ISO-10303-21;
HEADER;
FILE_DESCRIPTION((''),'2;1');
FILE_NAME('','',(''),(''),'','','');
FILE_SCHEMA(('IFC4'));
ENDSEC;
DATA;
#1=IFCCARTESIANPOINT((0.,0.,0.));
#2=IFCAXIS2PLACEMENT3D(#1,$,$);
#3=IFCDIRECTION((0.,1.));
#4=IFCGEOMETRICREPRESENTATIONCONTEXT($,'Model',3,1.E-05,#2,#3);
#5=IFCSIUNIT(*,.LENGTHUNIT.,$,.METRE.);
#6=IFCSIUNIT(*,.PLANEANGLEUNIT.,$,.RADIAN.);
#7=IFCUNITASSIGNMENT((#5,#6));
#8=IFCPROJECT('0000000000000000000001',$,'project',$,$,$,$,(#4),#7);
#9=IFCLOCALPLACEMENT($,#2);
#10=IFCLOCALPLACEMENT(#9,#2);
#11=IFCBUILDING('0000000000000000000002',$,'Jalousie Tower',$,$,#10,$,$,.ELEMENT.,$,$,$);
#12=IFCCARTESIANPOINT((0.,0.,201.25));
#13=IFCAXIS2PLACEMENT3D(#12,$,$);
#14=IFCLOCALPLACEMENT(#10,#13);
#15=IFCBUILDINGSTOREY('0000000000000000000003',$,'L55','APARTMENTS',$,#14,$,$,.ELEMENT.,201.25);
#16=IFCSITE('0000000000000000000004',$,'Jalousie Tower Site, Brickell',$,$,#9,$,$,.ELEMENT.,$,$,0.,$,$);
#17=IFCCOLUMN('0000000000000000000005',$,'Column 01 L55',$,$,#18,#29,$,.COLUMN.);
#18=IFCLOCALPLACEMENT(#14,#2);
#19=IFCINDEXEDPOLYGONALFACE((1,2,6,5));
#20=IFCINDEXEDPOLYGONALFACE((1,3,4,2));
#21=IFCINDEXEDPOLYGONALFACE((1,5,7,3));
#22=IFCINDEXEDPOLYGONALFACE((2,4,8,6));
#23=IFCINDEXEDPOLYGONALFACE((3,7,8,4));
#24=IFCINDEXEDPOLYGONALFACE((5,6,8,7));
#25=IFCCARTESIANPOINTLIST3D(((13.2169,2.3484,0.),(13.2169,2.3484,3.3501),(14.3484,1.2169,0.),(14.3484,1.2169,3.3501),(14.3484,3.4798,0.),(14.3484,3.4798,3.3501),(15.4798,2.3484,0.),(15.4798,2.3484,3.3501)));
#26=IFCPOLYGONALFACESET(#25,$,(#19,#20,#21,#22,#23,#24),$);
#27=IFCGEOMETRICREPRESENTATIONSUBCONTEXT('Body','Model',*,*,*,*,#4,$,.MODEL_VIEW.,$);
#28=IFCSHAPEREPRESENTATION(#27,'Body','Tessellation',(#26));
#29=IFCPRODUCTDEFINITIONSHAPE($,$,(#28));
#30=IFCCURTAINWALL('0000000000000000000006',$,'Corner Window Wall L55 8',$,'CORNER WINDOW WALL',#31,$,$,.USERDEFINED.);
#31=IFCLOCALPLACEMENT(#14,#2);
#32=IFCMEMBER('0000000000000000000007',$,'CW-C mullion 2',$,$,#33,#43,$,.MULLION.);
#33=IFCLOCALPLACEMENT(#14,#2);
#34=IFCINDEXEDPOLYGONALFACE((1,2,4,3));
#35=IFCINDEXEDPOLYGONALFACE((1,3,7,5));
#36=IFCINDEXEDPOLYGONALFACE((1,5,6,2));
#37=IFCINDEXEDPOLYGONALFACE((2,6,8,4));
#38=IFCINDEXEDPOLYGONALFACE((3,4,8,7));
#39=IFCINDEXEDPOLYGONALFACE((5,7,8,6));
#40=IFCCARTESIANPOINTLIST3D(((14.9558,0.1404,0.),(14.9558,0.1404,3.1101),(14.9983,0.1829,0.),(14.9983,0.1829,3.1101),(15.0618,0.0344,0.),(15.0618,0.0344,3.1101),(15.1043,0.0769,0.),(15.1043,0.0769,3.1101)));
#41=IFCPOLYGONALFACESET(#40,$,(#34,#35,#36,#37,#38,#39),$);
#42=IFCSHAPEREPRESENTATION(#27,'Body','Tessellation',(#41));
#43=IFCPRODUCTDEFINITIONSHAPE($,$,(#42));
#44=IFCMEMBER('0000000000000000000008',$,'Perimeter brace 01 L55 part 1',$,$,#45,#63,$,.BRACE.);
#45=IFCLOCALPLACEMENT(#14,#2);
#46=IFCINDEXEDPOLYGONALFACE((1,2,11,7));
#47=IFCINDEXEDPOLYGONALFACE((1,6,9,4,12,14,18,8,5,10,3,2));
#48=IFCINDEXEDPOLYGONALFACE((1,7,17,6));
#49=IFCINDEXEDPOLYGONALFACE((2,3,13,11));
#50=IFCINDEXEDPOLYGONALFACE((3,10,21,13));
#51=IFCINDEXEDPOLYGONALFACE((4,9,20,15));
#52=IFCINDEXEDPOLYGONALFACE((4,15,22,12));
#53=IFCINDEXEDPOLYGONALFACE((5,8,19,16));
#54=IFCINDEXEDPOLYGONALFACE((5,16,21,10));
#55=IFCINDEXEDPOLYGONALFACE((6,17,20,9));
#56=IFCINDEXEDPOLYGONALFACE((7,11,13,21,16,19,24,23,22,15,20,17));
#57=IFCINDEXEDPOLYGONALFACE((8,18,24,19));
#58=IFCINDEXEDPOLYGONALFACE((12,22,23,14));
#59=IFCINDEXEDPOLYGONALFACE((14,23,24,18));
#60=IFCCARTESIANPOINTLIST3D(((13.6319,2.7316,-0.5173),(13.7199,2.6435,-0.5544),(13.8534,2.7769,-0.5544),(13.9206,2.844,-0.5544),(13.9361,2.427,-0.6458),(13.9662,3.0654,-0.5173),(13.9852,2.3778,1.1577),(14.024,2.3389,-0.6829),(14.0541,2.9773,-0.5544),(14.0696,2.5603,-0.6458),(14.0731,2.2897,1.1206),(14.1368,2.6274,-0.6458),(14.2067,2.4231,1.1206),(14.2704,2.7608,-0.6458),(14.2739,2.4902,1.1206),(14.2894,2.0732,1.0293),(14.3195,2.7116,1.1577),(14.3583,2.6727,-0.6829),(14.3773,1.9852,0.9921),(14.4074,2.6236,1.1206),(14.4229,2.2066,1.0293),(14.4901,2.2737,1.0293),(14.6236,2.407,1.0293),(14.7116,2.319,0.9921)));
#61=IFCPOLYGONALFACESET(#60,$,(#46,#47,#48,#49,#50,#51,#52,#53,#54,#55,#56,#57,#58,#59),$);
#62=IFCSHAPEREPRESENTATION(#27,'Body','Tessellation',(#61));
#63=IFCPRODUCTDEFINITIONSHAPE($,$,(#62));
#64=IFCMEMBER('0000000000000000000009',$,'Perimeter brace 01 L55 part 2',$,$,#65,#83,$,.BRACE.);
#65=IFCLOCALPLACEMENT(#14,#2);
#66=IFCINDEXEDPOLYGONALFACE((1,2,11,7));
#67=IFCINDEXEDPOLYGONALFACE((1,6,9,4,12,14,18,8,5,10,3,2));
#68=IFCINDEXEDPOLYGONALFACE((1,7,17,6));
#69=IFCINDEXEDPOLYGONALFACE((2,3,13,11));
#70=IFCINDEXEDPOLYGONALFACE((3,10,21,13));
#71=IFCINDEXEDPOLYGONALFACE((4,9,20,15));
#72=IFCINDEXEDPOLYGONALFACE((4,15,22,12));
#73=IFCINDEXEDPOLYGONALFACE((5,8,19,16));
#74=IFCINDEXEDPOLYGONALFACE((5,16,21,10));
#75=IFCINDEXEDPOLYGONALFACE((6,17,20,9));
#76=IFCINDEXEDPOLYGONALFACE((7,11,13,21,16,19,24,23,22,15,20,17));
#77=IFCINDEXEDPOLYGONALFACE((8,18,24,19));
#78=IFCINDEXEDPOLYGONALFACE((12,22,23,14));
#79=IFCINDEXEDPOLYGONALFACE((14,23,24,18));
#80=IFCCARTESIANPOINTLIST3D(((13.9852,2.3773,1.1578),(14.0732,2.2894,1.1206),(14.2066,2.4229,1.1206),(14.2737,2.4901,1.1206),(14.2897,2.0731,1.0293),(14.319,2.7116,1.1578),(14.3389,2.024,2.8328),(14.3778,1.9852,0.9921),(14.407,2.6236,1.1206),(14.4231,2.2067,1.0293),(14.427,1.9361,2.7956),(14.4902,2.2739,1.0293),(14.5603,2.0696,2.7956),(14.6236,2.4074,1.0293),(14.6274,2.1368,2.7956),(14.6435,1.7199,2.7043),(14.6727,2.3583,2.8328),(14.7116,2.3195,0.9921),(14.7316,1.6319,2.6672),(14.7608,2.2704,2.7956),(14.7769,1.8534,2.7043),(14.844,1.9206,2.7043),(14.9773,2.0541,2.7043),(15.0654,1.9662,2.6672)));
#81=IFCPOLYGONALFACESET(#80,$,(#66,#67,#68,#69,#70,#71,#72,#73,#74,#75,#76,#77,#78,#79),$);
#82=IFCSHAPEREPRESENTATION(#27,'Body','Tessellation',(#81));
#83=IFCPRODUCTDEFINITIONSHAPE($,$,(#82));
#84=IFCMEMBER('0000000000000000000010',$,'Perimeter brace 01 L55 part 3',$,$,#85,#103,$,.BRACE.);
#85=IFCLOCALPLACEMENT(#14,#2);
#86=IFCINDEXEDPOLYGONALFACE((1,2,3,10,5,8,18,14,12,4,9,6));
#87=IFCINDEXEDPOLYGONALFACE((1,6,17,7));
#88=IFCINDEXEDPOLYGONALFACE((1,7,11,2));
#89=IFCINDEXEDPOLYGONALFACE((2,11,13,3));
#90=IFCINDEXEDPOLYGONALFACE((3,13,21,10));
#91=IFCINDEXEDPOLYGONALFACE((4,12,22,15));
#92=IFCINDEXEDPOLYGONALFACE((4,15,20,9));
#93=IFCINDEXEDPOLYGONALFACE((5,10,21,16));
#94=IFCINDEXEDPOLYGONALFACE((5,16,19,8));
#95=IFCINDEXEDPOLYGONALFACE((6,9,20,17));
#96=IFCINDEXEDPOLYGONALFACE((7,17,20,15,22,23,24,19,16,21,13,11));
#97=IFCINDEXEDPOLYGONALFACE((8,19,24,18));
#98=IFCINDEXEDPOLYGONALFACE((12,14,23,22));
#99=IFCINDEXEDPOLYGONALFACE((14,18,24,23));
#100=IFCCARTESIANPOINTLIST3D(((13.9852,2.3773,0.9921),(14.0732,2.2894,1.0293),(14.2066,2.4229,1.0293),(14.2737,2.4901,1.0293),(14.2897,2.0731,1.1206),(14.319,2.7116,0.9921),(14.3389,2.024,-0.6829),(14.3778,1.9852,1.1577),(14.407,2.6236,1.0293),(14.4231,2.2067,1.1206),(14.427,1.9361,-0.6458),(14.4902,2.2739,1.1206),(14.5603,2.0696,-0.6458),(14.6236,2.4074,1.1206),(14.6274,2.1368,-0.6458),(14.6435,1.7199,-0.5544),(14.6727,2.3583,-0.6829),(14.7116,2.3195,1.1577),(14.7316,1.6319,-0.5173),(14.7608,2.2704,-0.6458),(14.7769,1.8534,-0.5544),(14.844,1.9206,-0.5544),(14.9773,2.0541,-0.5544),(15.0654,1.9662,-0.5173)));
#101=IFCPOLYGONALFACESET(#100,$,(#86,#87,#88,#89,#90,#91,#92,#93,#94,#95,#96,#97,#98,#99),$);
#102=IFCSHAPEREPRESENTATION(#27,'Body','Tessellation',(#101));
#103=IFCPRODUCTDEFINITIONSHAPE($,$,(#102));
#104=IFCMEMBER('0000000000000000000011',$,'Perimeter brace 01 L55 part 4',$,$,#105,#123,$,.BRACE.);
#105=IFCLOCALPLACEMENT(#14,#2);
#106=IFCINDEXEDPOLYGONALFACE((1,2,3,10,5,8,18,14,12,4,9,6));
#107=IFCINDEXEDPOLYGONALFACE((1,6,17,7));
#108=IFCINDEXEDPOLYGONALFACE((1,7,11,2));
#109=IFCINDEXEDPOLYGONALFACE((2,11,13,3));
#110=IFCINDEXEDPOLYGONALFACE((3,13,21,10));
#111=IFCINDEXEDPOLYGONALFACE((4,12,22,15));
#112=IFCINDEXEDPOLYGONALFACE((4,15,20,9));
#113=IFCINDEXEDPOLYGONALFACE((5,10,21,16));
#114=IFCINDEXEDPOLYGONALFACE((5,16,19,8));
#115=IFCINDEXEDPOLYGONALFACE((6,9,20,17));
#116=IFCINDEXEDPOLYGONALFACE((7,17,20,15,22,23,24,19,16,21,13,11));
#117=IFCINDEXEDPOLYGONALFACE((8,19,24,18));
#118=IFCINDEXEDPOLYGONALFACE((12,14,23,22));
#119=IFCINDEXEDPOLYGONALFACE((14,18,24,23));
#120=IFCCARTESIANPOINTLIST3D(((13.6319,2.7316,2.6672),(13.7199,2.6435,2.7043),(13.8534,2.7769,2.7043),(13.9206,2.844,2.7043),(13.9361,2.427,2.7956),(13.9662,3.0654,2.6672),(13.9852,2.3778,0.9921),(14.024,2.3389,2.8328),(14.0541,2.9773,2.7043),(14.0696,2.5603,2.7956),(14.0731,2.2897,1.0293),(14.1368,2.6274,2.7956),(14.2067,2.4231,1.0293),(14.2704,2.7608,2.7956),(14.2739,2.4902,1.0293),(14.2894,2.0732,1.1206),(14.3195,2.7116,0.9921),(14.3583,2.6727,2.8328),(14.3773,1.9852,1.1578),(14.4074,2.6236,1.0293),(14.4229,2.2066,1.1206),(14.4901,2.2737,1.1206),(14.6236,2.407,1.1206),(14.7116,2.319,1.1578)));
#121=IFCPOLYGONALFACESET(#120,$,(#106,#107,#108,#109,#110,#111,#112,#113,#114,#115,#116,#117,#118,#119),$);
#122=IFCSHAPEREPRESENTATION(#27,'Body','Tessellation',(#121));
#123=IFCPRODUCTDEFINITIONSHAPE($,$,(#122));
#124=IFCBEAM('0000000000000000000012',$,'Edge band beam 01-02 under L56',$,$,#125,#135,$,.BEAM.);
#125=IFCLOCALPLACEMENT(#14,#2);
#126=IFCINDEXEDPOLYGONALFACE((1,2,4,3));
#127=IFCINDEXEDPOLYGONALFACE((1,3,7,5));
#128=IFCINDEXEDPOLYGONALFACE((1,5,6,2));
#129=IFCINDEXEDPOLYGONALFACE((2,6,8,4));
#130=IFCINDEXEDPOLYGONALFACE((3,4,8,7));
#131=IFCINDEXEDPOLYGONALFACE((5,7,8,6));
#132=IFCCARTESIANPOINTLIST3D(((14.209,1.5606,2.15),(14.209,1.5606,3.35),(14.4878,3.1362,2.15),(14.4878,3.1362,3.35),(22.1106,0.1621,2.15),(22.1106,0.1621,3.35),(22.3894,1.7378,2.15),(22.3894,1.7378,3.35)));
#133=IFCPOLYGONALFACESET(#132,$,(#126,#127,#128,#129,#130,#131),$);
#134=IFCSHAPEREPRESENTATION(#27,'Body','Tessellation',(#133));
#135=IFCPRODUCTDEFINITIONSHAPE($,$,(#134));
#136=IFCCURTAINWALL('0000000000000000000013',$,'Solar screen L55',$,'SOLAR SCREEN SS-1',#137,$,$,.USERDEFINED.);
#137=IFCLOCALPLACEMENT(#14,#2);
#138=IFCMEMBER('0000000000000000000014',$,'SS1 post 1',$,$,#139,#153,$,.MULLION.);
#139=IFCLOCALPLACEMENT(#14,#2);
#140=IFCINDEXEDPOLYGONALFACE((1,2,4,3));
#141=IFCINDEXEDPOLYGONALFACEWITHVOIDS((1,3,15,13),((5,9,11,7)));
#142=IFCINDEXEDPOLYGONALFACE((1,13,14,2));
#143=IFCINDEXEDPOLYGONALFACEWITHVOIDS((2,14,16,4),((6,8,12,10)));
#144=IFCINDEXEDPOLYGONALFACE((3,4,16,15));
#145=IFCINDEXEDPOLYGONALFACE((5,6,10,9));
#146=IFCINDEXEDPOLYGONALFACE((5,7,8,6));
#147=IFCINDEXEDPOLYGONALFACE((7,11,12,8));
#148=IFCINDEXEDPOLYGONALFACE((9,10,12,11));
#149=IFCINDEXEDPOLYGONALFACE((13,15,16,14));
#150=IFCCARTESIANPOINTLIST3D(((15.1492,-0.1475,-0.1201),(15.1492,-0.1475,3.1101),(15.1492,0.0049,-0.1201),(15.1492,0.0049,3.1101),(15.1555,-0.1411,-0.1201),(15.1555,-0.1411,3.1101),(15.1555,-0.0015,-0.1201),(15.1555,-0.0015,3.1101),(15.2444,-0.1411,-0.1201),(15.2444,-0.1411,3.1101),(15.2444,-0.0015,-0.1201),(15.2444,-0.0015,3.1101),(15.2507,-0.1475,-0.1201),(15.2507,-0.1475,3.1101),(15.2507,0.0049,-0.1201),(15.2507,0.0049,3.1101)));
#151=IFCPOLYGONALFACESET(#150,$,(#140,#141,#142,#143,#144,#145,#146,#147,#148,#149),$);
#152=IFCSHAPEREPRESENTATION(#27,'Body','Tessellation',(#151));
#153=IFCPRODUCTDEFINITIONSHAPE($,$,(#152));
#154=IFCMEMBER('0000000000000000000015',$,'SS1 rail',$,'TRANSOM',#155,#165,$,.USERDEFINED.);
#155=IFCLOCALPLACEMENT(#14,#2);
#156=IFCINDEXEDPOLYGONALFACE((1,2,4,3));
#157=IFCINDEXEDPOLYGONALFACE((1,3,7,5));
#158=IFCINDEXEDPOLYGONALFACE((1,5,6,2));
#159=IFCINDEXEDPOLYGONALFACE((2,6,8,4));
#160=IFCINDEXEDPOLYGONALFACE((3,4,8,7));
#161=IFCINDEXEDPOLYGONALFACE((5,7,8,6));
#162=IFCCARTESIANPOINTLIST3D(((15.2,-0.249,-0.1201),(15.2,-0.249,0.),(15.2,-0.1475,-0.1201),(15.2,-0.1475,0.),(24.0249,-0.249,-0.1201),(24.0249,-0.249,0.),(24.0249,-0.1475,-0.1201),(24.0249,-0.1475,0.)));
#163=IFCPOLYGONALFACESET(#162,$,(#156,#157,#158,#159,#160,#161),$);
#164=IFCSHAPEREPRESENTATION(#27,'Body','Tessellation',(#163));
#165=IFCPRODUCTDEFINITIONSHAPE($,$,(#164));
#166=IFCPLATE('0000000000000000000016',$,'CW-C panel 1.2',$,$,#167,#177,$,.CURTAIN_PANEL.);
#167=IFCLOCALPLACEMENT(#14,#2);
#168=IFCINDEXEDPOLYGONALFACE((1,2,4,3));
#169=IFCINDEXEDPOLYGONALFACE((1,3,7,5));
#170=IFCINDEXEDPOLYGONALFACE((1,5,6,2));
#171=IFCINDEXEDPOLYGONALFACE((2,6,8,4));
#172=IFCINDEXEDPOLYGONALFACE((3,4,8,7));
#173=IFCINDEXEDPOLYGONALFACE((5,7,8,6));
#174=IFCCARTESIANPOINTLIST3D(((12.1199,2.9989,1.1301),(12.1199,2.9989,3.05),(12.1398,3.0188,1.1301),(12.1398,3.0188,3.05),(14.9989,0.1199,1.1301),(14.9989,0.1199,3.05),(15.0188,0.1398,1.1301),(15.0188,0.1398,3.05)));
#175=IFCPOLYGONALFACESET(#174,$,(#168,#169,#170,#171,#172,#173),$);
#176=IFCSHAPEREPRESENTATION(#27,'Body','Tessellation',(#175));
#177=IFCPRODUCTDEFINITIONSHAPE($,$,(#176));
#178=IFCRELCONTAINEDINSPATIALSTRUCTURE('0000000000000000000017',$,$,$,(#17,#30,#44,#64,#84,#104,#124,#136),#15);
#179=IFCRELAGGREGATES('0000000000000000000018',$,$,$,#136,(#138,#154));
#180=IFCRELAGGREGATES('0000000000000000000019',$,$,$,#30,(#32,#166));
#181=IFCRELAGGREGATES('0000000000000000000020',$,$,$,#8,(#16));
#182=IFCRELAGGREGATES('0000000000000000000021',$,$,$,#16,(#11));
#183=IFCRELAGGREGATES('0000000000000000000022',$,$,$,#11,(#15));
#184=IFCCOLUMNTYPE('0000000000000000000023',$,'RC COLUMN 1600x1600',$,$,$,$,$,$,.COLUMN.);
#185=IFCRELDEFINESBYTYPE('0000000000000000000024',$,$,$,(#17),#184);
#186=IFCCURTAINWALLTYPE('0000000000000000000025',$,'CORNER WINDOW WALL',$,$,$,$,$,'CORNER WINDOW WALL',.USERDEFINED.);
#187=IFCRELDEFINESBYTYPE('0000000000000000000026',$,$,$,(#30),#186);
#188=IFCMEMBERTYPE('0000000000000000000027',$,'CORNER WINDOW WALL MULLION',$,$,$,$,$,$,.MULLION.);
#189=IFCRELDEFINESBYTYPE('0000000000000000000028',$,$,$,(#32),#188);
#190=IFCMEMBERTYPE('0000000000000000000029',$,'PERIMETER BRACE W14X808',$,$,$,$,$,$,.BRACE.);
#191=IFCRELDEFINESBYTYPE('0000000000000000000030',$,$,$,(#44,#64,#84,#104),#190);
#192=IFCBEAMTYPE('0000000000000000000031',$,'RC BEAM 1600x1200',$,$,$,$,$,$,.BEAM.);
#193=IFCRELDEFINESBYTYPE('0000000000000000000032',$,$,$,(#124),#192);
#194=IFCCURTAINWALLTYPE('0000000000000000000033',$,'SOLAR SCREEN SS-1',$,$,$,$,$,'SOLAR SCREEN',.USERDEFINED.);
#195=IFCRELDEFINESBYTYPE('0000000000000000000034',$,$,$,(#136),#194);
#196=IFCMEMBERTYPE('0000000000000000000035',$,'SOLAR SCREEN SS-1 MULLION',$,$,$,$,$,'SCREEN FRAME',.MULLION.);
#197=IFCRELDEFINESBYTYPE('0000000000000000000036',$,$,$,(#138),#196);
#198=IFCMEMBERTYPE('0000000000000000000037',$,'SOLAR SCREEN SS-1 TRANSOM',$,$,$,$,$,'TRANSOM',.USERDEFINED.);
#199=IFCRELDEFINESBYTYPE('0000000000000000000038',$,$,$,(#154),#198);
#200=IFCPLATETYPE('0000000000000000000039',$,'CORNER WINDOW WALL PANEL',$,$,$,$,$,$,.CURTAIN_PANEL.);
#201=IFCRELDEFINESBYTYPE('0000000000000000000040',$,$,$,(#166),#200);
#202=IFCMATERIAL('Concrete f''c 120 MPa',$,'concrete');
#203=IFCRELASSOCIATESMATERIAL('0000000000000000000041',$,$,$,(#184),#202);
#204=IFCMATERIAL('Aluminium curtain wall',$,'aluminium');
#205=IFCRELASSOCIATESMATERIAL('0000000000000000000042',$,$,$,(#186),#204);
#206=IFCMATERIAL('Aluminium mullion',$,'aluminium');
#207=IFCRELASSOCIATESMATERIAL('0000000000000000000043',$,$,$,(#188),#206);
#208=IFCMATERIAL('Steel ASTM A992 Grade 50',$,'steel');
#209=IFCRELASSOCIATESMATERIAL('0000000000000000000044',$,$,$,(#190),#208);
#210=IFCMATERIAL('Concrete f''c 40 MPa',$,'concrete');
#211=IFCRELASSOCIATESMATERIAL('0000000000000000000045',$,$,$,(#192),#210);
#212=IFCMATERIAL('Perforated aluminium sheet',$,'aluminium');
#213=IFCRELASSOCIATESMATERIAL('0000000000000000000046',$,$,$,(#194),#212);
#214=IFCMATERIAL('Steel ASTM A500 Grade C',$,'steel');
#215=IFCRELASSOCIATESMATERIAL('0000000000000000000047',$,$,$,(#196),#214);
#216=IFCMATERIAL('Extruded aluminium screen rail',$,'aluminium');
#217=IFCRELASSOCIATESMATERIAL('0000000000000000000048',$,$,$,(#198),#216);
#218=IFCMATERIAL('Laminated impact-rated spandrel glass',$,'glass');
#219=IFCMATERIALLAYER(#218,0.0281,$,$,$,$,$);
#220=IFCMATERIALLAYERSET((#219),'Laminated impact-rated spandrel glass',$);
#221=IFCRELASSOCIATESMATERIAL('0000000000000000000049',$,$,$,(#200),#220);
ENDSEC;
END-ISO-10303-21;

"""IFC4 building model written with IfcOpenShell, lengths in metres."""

from ifc_helpers import new_model, si_unit, direction, frame, origin, origin_2d, place, context, subcontext, project, spatial, rectangle, hollow_rectangle, i_section, extrude, material, layer, layer_set, material_profile, profile_set, type_object, element, aggregate, save


model = new_model("IFC4")

# Units and contexts
model_context = context("Model", 3, precision=1e-05, world=origin(), true_north=direction((0.0, 1.0)))
body_context = subcontext(model_context, "Body", "Model", "MODEL_VIEW")
ifc_project = project(units=[si_unit("LENGTHUNIT", "METRE"), si_unit("PLANEANGLEUNIT", "RADIAN")], contexts=[model_context])

# Site, building, storey
site_placement = place(None, origin())
site = spatial("IfcSite", under=ifc_project, at=site_placement, Name="Jalousie Tower Site, Brickell", CompositionType="ELEMENT", RefElevation=0.0)
building_placement = place(site_placement, origin())
building = spatial("IfcBuilding", under=site, at=building_placement, Name="Jalousie Tower", CompositionType="ELEMENT")
storey_placement = place(building_placement, frame((0.0, 0.0, 201.25)))
storey = spatial("IfcBuildingStorey", under=building, at=storey_placement, Name="L55", Description="APARTMENTS", CompositionType="ELEMENT", Elevation=201.25)

# Column
ifc_material_1 = material(Name="Concrete f'c 120 MPa", Category="concrete")
ifc_material_profile_1 = material_profile(ifc_material_1, rectangle(XDim=1.6001, YDim=1.6001, at=origin_2d()), Name="RC 1600x1600")
ifc_profile_set_1 = profile_set([ifc_material_profile_1], Name="Concrete f'c 120 MPa")
column_type = type_object("IfcColumnType", Name="RC COLUMN 1600x1600", PredefinedType="COLUMN", material=ifc_profile_set_1)
column_placement = place(storey_placement, frame((14.3484, 2.3484, 0.0), z_axis=(0.0, 0.0, 1.0), x_axis=(0.707107, 0.707107, 0.0)))
element("IfcColumn", 1, at=column_placement, inside=storey, type_object=column_type, Name="Column 01 L55", PredefinedType="COLUMN", context=body_context, shape_type="SweptSolid", body=[
    extrude(rectangle(XDim=1.6001, YDim=1.6001, at=origin_2d()), origin(), (0.0, 0.0, 1.0), 3.3501),
])

# Curtain wall, member
ifc_material_2 = material(Name="Aluminium curtain wall", Category="aluminium")
curtain_wall_type_1 = type_object("IfcCurtainWallType", Name="CORNER WINDOW WALL", ElementType="CORNER WINDOW WALL", PredefinedType="USERDEFINED", material=ifc_material_2)
curtain_wall_1_placement = place(storey_placement, origin())
curtain_wall_1 = element("IfcCurtainWall", 2, at=curtain_wall_1_placement, inside=storey, type_object=curtain_wall_type_1, Name="Corner Window Wall L55 8", ObjectType="CORNER WINDOW WALL", PredefinedType="USERDEFINED")
ifc_material_3 = material(Name="Aluminium mullion", Category="aluminium")
ifc_material_profile_2 = material_profile(ifc_material_3, rectangle(XDim=0.0601, YDim=0.1499, at=origin_2d()), Name="MULLION 60x150")
ifc_profile_set_2 = profile_set([ifc_material_profile_2], Name="Aluminium mullion")
member_type_1 = type_object("IfcMemberType", Name="CORNER WINDOW WALL MULLION", PredefinedType="MULLION", material=ifc_profile_set_2)
member_1_placement = place(storey_placement, frame((15.03, 0.1086, 0.0), z_axis=(0.0, 0.0, 1.0), x_axis=(0.707107, 0.707107, 0.0)))
member_1 = element("IfcMember", 3, at=member_1_placement, type_object=member_type_1, Name="CW-C mullion 2", PredefinedType="MULLION", context=body_context, shape_type="SweptSolid", body=[
    extrude(rectangle(XDim=0.0601, YDim=0.1499, at=origin_2d()), origin(), (0.0, 0.0, 1.0), 3.1101),
])

# Members
ifc_material_4 = material(Name="Steel ASTM A992 Grade 50", Category="steel")
ifc_material_profile_3 = material_profile(ifc_material_4, i_section(OverallWidth=0.4724, OverallDepth=0.5791, WebThickness=0.095, FlangeThickness=0.1299, at=origin_2d()), Name="W14X808")
ifc_profile_set_3 = profile_set([ifc_material_profile_3], Name="Steel ASTM A992 Grade 50")
member_type_2 = type_object("IfcMemberType", Name="PERIMETER BRACE W14X808", PredefinedType="BRACE", material=ifc_profile_set_3)
for number, where, z_axis, x_axis, name in (
    (4, (13.9951, 2.7021, -0.6001), (0.202093, -0.202372, 0.95823), (0.707595, 0.706618, 0.0), "Perimeter brace 01 L55 part 1"),
    (5, (14.3484, 2.3484, 1.075), (0.202372, -0.202093, 0.95823), (0.706618, 0.707595, 0.0), "Perimeter brace 01 L55 part 2"),
    (6, (14.7021, 1.9951, -0.6001), (-0.202372, 0.202093, 0.95823), (-0.706618, -0.707595, 0.0), "Perimeter brace 01 L55 part 3"),
    (7, (14.3484, 2.3484, 1.075), (-0.202093, 0.202372, 0.95823), (-0.707595, -0.706618, 0.0), "Perimeter brace 01 L55 part 4"),
):
    element("IfcMember", number, at=place(storey_placement, frame(where, z_axis=z_axis, x_axis=x_axis)), inside=storey, type_object=member_type_2, Name=name, PredefinedType="BRACE", context=body_context, shape_type="SweptSolid", body=[
        extrude(i_section(OverallWidth=0.4724, OverallDepth=0.5791, WebThickness=0.095, FlangeThickness=0.1299, at=origin_2d()), origin(), (0.0, 0.0, 1.0), 1.748),
    ])

# Beam
ifc_material_5 = material(Name="Concrete f'c 40 MPa", Category="concrete")
ifc_material_profile_4 = material_profile(ifc_material_5, rectangle(XDim=1.6001, YDim=1.2, at=origin_2d()), Name="RC 1600x1200")
ifc_profile_set_4 = profile_set([ifc_material_profile_4], Name="Concrete f'c 40 MPa")
beam_type = type_object("IfcBeamType", Name="RC BEAM 1600x1200", PredefinedType="BEAM", material=ifc_profile_set_4)
beam_placement = place(storey_placement, frame((14.3484, 2.3484, 2.75), z_axis=(0.984697, -0.174273, 0.0), x_axis=(0.174273, 0.984697, 0.0)))
element("IfcBeam", 8, at=beam_placement, inside=storey, type_object=beam_type, Name="Edge band beam 01-02 under L56", PredefinedType="BEAM", context=body_context, shape_type="SweptSolid", body=[
    extrude(rectangle(XDim=1.6001, YDim=1.2, at=origin_2d()), origin(), (0.0, 0.0, 1.0), 8.0244),
])

# Curtain wall, members
ifc_material_6 = material(Name="Perforated aluminium sheet", Category="aluminium")
curtain_wall_type_2 = type_object("IfcCurtainWallType", Name="SOLAR SCREEN SS-1", ElementType="SOLAR SCREEN", PredefinedType="USERDEFINED", material=ifc_material_6)
curtain_wall_2_placement = place(storey_placement, origin())
curtain_wall_2 = element("IfcCurtainWall", 9, at=curtain_wall_2_placement, inside=storey, type_object=curtain_wall_type_2, Name="Solar screen L55", ObjectType="SOLAR SCREEN SS-1", PredefinedType="USERDEFINED")
ifc_material_7 = material(Name="Steel ASTM A500 Grade C", Category="steel")
ifc_material_profile_5 = material_profile(ifc_material_7, hollow_rectangle(XDim=0.1016, YDim=0.1523, WallThickness=0.0063, at=origin_2d()), Name="HSS6X4X1/4")
ifc_profile_set_5 = profile_set([ifc_material_profile_5], Name="Steel ASTM A500 Grade C")
member_type_3 = type_object("IfcMemberType", Name="SOLAR SCREEN SS-1 MULLION", ElementType="SCREEN FRAME", PredefinedType="MULLION", material=ifc_profile_set_5)
member_2_placement = place(storey_placement, frame((15.2, -0.0713, -0.1201), z_axis=(0.0, 0.0, 1.0), x_axis=(1.0, 0.0, 0.0)))
member_2 = element("IfcMember", 10, at=member_2_placement, type_object=member_type_3, Name="SS1 post 1", PredefinedType="MULLION", context=body_context, shape_type="SweptSolid", body=[
    extrude(hollow_rectangle(XDim=0.1016, YDim=0.1523, WallThickness=0.0063, at=origin_2d()), origin(), (0.0, 0.0, 1.0), 3.2302),
])
ifc_material_8 = material(Name="Extruded aluminium screen rail", Category="aluminium")
ifc_material_profile_6 = material_profile(ifc_material_8, rectangle(XDim=0.1016, YDim=0.1201, at=origin_2d()), Name="RAIL 102x120")
ifc_profile_set_6 = profile_set([ifc_material_profile_6], Name="Extruded aluminium screen rail")
member_type_4 = type_object("IfcMemberType", Name="SOLAR SCREEN SS-1 TRANSOM", ElementType="TRANSOM", PredefinedType="USERDEFINED", material=ifc_profile_set_6)
member_3_placement = place(storey_placement, frame((15.2, -0.1982, -0.0601), z_axis=(1.0, 0.0, 0.0), x_axis=(0.0, 1.0, 0.0)))
member_3 = element("IfcMember", 11, at=member_3_placement, type_object=member_type_4, Name="SS1 rail", ObjectType="TRANSOM", PredefinedType="USERDEFINED", context=body_context, shape_type="SweptSolid", body=[
    extrude(rectangle(XDim=0.1016, YDim=0.1201, at=origin_2d()), origin(), (0.0, 0.0, 1.0), 8.825),
])
aggregate(curtain_wall_2, [member_2, member_3])

# Plate
ifc_material_9 = material(Name="Laminated impact-rated spandrel glass", Category="glass")
ifc_layer = layer(ifc_material_9, 0.0281)
ifc_layer_set = layer_set([ifc_layer], Name="Laminated impact-rated spandrel glass")
plate_type = type_object("IfcPlateType", Name="CORNER WINDOW WALL PANEL", PredefinedType="CURTAIN_PANEL", material=ifc_layer_set)
plate_placement = place(storey_placement, frame((13.5693, 1.5693, 1.1301), z_axis=(0.0, 0.0, 1.0), x_axis=(0.707107, -0.707107, 0.0)))
plate = element("IfcPlate", 12, at=plate_placement, type_object=plate_type, Name="CW-C panel 1.2", PredefinedType="CURTAIN_PANEL", context=body_context, shape_type="SweptSolid", body=[
    extrude(rectangle(XDim=4.0715, YDim=0.0281, at=origin_2d()), origin(), (0.0, 0.0, 1.0), 1.9199),
])
aggregate(curtain_wall_1, [member_1, plate])

save(model, "model.ifc")
